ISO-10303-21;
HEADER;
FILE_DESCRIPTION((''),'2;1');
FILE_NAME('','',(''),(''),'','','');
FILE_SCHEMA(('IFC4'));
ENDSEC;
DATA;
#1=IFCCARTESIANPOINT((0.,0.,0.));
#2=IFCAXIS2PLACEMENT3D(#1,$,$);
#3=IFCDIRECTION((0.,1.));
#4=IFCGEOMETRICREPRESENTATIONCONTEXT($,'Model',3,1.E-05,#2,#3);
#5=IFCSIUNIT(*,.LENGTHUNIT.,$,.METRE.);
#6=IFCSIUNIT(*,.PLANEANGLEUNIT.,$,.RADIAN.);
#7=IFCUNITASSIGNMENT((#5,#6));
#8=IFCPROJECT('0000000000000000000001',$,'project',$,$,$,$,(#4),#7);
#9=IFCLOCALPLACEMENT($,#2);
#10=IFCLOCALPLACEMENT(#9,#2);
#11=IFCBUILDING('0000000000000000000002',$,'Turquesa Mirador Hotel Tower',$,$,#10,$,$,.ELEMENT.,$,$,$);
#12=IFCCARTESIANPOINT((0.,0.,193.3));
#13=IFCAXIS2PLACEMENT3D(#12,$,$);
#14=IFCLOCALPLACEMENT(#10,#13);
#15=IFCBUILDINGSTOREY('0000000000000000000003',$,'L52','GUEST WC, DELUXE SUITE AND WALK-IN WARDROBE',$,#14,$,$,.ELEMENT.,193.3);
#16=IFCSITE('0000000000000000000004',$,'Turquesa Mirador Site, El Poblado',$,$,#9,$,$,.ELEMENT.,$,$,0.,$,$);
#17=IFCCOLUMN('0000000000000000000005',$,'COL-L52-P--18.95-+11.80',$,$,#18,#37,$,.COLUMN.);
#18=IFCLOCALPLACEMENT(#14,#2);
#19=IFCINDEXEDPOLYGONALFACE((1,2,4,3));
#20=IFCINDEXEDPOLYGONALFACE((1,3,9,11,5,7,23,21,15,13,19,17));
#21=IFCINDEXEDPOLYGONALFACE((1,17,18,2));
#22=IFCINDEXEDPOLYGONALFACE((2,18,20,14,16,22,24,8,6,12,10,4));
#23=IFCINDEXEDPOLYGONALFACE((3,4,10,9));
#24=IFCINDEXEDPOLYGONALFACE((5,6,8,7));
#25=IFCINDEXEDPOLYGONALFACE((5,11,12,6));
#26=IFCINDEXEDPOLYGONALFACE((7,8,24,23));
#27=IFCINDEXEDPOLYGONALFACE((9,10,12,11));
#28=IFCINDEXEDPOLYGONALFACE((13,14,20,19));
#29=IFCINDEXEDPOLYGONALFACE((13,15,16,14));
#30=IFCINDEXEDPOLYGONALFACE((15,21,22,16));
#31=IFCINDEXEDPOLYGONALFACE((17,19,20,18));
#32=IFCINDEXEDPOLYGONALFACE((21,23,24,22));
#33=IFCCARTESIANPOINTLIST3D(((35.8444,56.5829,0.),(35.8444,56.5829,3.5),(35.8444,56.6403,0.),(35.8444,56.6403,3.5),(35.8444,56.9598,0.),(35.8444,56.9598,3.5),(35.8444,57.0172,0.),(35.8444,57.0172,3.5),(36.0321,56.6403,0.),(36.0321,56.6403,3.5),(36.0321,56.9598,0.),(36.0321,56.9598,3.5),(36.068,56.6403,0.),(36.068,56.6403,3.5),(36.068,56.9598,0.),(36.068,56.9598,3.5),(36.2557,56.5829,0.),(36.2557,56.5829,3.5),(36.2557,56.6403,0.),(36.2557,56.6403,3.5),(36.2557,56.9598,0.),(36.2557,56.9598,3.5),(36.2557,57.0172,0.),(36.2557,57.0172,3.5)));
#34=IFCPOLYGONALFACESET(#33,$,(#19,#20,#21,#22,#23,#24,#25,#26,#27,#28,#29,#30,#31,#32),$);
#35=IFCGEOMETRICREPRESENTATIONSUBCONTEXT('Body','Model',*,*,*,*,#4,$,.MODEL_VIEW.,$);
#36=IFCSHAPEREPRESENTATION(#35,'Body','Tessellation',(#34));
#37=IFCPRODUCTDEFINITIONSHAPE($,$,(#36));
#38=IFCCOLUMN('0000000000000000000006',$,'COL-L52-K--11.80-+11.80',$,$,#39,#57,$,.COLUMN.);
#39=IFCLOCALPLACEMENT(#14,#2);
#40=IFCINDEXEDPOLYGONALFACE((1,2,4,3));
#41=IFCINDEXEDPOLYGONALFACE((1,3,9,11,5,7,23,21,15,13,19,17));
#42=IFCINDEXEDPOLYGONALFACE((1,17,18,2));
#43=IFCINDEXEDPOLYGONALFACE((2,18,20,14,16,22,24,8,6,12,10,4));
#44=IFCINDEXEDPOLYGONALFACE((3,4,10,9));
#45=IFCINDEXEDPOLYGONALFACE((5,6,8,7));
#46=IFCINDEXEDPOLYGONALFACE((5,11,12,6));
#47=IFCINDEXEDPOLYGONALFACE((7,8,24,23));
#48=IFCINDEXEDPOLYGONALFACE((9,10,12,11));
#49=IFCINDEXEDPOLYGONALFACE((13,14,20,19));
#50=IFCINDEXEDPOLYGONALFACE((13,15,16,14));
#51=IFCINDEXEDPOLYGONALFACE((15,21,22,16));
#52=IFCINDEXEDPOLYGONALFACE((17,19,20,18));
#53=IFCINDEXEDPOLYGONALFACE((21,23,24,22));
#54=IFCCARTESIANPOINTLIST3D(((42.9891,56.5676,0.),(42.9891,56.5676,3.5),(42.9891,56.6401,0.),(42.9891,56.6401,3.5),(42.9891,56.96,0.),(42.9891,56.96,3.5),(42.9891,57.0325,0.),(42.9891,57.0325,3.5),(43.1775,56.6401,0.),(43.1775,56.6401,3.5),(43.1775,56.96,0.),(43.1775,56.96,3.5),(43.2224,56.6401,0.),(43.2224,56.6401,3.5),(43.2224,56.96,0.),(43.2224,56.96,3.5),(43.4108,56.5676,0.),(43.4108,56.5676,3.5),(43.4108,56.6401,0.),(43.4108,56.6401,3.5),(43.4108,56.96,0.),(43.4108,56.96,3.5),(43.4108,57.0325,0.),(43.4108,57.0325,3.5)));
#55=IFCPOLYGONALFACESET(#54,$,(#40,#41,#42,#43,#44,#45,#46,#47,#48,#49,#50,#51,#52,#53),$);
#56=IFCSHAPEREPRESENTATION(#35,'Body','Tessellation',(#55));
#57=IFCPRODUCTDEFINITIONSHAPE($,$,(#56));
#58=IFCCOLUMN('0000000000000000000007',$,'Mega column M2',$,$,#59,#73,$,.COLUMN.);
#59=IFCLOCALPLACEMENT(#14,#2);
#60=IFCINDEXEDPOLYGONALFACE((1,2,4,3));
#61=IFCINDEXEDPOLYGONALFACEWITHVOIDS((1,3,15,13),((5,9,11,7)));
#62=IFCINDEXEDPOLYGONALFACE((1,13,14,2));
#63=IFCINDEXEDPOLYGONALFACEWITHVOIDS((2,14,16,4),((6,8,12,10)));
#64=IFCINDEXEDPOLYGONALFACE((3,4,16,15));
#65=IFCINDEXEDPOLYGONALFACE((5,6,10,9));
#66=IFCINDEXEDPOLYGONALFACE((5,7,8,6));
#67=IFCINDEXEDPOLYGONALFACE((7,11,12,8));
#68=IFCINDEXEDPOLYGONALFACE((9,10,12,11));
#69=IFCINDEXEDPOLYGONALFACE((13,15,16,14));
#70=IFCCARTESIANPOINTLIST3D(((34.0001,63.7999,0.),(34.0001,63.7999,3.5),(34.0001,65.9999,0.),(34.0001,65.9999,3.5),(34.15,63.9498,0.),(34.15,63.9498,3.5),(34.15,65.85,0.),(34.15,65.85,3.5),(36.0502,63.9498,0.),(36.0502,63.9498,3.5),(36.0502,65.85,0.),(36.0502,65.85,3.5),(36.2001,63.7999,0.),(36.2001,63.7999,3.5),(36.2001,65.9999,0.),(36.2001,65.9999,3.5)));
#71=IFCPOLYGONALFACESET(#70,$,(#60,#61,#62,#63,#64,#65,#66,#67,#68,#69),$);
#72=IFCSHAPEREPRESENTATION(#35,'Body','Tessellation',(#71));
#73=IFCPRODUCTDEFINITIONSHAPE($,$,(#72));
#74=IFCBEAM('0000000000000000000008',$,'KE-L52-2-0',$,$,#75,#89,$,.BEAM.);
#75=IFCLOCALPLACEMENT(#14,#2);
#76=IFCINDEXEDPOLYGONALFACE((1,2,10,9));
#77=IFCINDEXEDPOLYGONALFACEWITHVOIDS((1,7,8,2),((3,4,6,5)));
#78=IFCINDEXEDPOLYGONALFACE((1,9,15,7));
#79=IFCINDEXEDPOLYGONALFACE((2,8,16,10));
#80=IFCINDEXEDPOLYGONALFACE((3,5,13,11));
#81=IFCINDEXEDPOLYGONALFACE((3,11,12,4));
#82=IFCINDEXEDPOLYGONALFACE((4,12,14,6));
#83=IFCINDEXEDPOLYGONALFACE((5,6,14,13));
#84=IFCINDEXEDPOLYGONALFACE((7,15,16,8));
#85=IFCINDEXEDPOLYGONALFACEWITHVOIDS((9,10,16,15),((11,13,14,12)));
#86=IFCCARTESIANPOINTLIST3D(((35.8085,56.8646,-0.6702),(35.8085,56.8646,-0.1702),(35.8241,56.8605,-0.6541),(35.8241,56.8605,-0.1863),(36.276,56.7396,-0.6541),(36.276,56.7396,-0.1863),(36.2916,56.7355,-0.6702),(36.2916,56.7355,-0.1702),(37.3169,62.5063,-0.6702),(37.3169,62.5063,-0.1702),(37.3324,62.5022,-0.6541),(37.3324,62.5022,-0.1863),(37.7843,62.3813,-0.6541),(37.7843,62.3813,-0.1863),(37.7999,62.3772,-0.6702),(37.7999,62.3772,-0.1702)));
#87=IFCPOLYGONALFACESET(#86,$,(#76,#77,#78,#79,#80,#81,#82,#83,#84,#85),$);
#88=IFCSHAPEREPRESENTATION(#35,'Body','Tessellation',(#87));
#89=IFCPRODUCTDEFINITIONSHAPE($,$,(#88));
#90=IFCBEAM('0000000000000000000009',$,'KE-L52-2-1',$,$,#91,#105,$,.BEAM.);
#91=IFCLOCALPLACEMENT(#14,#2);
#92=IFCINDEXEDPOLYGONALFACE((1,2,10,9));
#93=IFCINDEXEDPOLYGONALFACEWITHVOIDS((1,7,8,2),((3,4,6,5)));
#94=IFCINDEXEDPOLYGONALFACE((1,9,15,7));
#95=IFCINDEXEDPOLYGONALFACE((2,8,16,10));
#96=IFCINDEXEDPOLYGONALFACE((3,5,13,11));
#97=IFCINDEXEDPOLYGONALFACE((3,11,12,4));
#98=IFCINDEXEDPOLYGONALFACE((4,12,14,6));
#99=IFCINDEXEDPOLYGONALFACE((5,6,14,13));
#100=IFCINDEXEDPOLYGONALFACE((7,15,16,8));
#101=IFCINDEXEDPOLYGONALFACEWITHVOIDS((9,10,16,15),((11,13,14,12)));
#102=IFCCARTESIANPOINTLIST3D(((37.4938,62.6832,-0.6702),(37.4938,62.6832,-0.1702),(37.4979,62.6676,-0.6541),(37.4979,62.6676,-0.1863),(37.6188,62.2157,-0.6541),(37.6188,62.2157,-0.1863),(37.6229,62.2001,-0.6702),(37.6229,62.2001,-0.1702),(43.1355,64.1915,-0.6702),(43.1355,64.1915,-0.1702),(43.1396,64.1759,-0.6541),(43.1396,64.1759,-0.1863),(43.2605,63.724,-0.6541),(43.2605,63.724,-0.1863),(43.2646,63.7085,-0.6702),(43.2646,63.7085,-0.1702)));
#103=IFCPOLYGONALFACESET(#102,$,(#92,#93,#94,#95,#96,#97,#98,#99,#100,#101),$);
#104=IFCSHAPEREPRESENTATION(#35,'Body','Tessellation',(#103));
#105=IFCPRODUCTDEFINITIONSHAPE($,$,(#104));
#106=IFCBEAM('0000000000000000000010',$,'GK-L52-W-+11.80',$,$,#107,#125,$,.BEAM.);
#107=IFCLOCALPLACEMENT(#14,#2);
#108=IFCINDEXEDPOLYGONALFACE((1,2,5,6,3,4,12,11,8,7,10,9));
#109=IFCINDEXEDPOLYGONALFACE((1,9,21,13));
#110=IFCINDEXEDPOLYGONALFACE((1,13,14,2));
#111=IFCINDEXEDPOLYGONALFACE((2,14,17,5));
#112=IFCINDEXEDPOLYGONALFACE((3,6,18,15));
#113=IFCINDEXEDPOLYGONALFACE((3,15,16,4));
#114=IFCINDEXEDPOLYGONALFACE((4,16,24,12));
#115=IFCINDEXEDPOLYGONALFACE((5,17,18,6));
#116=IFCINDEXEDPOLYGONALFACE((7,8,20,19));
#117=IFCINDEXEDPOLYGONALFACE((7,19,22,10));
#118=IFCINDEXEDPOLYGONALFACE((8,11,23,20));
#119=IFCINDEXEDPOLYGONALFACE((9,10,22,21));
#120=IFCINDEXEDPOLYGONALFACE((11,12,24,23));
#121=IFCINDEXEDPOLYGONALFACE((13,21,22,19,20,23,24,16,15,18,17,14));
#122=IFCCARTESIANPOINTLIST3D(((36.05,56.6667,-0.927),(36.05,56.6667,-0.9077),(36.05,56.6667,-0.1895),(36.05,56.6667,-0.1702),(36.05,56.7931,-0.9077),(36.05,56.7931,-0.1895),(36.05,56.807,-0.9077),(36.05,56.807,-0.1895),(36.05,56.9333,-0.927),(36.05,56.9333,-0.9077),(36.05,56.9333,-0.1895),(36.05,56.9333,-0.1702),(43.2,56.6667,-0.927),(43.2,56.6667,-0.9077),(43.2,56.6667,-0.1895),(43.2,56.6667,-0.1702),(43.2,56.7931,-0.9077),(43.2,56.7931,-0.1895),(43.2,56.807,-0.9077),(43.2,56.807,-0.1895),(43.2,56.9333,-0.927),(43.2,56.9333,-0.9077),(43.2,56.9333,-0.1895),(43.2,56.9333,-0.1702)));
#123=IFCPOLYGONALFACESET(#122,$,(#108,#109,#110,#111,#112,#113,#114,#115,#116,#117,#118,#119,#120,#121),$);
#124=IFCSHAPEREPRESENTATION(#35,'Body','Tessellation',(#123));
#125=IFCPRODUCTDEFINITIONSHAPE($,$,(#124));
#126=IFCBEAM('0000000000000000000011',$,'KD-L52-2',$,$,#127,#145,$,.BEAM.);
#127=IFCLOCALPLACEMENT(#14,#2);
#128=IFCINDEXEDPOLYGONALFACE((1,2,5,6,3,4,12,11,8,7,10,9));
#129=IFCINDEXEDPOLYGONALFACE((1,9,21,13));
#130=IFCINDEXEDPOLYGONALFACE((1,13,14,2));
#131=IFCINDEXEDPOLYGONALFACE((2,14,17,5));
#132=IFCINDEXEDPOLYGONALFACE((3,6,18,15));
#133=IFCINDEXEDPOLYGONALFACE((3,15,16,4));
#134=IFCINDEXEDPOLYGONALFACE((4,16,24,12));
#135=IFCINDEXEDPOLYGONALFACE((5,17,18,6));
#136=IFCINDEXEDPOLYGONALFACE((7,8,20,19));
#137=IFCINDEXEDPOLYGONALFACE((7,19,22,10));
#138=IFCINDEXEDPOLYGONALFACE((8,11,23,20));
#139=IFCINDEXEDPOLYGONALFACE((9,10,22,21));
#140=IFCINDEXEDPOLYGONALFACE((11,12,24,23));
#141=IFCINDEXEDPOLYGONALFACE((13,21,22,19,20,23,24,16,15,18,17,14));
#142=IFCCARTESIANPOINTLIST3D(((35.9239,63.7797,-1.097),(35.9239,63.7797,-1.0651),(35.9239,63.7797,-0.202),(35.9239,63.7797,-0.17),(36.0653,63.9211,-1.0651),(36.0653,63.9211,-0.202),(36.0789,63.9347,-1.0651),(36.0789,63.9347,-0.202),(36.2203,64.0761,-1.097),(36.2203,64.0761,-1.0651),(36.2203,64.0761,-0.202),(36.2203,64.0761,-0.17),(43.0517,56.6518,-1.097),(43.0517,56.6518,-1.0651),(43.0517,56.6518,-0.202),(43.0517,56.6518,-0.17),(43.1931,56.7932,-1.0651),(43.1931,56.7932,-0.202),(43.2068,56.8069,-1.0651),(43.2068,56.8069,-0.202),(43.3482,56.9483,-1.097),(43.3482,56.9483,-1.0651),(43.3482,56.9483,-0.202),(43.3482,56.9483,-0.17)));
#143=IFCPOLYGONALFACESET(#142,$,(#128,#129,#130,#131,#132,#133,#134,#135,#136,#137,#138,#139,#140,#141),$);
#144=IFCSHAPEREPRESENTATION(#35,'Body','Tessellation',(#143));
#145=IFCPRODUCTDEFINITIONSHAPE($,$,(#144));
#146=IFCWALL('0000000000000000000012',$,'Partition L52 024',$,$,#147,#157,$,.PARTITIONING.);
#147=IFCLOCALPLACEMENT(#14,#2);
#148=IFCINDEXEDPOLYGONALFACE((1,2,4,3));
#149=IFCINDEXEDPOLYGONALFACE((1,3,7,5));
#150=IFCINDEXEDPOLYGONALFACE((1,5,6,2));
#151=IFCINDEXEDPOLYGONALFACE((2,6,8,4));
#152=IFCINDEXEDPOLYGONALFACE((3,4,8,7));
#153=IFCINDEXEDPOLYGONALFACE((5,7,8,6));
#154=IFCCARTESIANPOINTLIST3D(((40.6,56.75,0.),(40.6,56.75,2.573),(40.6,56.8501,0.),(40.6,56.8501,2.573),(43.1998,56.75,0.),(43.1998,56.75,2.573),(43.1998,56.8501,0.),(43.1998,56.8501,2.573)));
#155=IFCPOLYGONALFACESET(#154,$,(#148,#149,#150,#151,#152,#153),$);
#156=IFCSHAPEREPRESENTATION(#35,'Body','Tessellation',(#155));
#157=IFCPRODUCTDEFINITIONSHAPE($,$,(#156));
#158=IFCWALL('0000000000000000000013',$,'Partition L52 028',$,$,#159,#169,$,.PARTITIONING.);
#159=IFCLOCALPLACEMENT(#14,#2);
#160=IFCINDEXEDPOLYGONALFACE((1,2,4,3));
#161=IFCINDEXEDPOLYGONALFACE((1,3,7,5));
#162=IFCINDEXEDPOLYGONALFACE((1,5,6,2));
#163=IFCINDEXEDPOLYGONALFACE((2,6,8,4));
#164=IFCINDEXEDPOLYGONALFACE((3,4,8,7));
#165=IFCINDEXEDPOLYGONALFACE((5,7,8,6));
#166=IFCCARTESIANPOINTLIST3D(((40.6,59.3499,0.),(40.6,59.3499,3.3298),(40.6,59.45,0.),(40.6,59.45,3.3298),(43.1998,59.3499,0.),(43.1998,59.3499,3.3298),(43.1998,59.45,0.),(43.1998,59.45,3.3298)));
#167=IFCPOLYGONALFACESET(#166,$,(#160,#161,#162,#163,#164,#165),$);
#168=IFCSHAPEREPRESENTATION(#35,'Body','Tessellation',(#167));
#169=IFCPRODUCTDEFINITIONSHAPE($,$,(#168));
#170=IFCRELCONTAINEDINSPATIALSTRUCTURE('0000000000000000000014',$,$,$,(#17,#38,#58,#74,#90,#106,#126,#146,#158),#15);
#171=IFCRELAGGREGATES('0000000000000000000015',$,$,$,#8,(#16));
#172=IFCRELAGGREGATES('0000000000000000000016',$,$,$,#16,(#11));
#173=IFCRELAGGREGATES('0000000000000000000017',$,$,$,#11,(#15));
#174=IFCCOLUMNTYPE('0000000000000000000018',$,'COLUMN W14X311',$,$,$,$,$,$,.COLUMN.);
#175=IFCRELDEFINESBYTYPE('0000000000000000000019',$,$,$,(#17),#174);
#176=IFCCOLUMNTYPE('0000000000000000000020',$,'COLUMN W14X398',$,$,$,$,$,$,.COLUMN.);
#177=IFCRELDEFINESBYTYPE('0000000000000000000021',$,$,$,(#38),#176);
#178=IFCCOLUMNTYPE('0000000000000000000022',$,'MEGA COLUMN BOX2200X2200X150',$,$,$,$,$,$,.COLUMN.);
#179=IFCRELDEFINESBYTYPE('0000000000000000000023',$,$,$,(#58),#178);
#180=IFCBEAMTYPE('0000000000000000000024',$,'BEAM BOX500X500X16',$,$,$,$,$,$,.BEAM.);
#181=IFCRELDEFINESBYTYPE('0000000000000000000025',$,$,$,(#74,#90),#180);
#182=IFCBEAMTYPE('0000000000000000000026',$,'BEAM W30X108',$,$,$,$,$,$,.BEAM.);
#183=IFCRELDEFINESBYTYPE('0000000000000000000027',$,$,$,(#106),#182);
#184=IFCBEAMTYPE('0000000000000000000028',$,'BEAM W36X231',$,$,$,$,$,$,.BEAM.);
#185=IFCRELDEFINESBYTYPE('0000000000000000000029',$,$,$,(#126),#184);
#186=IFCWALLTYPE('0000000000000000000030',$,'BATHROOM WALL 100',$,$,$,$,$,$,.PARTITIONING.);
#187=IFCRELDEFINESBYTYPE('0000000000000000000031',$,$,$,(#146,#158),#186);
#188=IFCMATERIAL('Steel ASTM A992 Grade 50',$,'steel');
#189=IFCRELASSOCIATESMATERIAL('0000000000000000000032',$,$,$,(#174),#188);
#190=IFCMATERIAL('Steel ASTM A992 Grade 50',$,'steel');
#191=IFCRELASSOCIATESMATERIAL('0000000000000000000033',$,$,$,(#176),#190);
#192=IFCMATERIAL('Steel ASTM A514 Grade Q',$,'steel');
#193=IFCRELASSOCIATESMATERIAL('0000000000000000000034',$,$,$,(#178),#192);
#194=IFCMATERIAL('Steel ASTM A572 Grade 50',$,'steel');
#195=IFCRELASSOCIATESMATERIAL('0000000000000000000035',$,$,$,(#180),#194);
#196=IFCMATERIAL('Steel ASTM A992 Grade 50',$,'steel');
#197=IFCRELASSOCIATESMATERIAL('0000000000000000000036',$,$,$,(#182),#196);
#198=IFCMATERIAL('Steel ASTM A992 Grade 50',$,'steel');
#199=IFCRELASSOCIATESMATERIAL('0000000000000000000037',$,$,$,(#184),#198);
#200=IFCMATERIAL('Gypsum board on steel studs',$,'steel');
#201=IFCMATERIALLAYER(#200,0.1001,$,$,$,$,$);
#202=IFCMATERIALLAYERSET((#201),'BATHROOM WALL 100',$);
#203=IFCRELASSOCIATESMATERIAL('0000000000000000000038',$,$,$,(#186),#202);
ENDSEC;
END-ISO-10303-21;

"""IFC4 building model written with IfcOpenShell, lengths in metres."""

from ifc_helpers import new_model, si_unit, direction, frame, frame_2d, origin, origin_2d, place, context, subcontext, project, spatial, rectangle, hollow_rectangle, i_section, extrude, material, layer, layer_set, material_profile, profile_set, type_object, element, save


model = new_model("IFC4")

# Units and contexts
model_context = context("Model", 3, precision=1e-05, world=origin(), true_north=direction((0.0, 1.0)))
body_context = subcontext(model_context, "Body", "Model", "MODEL_VIEW")
ifc_project = project(units=[si_unit("LENGTHUNIT", "METRE"), si_unit("PLANEANGLEUNIT", "RADIAN")], contexts=[model_context])

# Site, building, storey
site_placement = place(None, origin())
site = spatial("IfcSite", under=ifc_project, at=site_placement, Name="Turquesa Mirador Site, El Poblado", CompositionType="ELEMENT", RefElevation=0.0)
building_placement = place(site_placement, origin())
building = spatial("IfcBuilding", under=site, at=building_placement, Name="Turquesa Mirador Hotel Tower", CompositionType="ELEMENT")
storey_placement = place(building_placement, frame((0.0, 0.0, 193.3)))
storey = spatial("IfcBuildingStorey", under=building, at=storey_placement, Name="L52", Description="GUEST WC, DELUXE SUITE AND WALK-IN WARDROBE", CompositionType="ELEMENT", Elevation=193.3)

# Columns
ifc_material_1 = material(Name="Steel ASTM A992 Grade 50", Category="steel")
ifc_material_profile_1 = material_profile(ifc_material_1, i_section(OverallWidth=0.4114, OverallDepth=0.4343, WebThickness=0.0359, FlangeThickness=0.0574, at=origin_2d()), Name="W14X311")
ifc_profile_set_1 = profile_set([ifc_material_profile_1], Name="Steel ASTM A992 Grade 50")
column_type_1 = type_object("IfcColumnType", Name="COLUMN W14X311", PredefinedType="COLUMN", material=ifc_profile_set_1)
column_1_placement = place(storey_placement, frame((36.05, 56.8, 0.0), z_axis=(0.0, 0.0, 1.0), x_axis=(1.0, 0.0, 0.0)))
element("IfcColumn", 1, at=column_1_placement, inside=storey, type_object=column_type_1, Name="COL-L52-P--18.95-+11.80", PredefinedType="COLUMN", context=body_context, shape_type="SweptSolid", body=[
    extrude(i_section(OverallWidth=0.4114, OverallDepth=0.4343, WebThickness=0.0359, FlangeThickness=0.0574, at=origin_2d()), origin(), (0.0, 0.0, 1.0), 3.5),
])
ifc_material_2 = material(Name="Steel ASTM A992 Grade 50", Category="steel")
ifc_material_profile_2 = material_profile(ifc_material_2, i_section(OverallWidth=0.4216, OverallDepth=0.4648, WebThickness=0.0449, FlangeThickness=0.0725, at=origin_2d()), Name="W14X398")
ifc_profile_set_2 = profile_set([ifc_material_profile_2], Name="Steel ASTM A992 Grade 50")
column_type_2 = type_object("IfcColumnType", Name="COLUMN W14X398", PredefinedType="COLUMN", material=ifc_profile_set_2)
column_2_placement = place(storey_placement, frame((43.2, 56.8, 0.0), z_axis=(0.0, 0.0, 1.0), x_axis=(1.0, 0.0, 0.0)))
element("IfcColumn", 2, at=column_2_placement, inside=storey, type_object=column_type_2, Name="COL-L52-K--11.80-+11.80", PredefinedType="COLUMN", context=body_context, shape_type="SweptSolid", body=[
    extrude(i_section(OverallWidth=0.4216, OverallDepth=0.4648, WebThickness=0.0449, FlangeThickness=0.0725, at=origin_2d()), origin(), (0.0, 0.0, 1.0), 3.5),
])
ifc_material_3 = material(Name="Steel ASTM A514 Grade Q", Category="steel")
ifc_material_profile_3 = material_profile(ifc_material_3, hollow_rectangle(XDim=2.2, YDim=2.2, WallThickness=0.1499, at=origin_2d()), Name="BOX2200X2200X150")
ifc_profile_set_3 = profile_set([ifc_material_profile_3], Name="Steel ASTM A514 Grade Q")
column_type_3 = type_object("IfcColumnType", Name="MEGA COLUMN BOX2200X2200X150", PredefinedType="COLUMN", material=ifc_profile_set_3)
column_3_placement = place(storey_placement, frame((35.1001, 64.8999, 0.0), z_axis=(0.0, 0.0, 1.0), x_axis=(1.0, 0.0, 0.0)))
element("IfcColumn", 3, at=column_3_placement, inside=storey, type_object=column_type_3, Name="Mega column M2", PredefinedType="COLUMN", context=body_context, shape_type="SweptSolid", body=[
    extrude(hollow_rectangle(XDim=2.2, YDim=2.2, WallThickness=0.1499, at=origin_2d()), origin(), (0.0, 0.0, 1.0), 3.5),
])

# Beams
ifc_material_4 = material(Name="Steel ASTM A572 Grade 50", Category="steel")
ifc_material_profile_4 = material_profile(ifc_material_4, hollow_rectangle(XDim=0.5, YDim=0.5, WallThickness=0.0161, at=origin_2d()), Name="BOX500X500X16")
ifc_profile_set_4 = profile_set([ifc_material_profile_4], Name="Steel ASTM A572 Grade 50")
beam_type_1 = type_object("IfcBeamType", Name="BEAM BOX500X500X16", PredefinedType="BEAM", material=ifc_profile_set_4)
for number, where, z_axis, x_axis, name in (
    (4, (36.05, 56.8, -0.4202), (0.258282, 0.96607, 0.0), (-0.96607, 0.258282, 0.0), "KE-L52-2-0"),
    (5, (37.5583, 62.4417, -0.4202), (0.96607, 0.258282, 0.0), (-0.258282, 0.96607, 0.0), "KE-L52-2-1"),
):
    element("IfcBeam", number, at=place(storey_placement, frame(where, z_axis=z_axis, x_axis=x_axis)), inside=storey, type_object=beam_type_1, Name=name, PredefinedType="BEAM", context=body_context, shape_type="SweptSolid", body=[
        extrude(hollow_rectangle(XDim=0.5, YDim=0.5, WallThickness=0.0161, at=origin_2d()), origin(), (0.0, 0.0, 1.0), 5.8398),
    ])
ifc_material_5 = material(Name="Steel ASTM A992 Grade 50", Category="steel")
ifc_material_profile_5 = material_profile(ifc_material_5, i_section(OverallWidth=0.2666, OverallDepth=0.7568, WebThickness=0.0139, FlangeThickness=0.0193, at=origin_2d()), Name="W30X108")
ifc_profile_set_5 = profile_set([ifc_material_profile_5], Name="Steel ASTM A992 Grade 50")
beam_type_2 = type_object("IfcBeamType", Name="BEAM W30X108", PredefinedType="BEAM", material=ifc_profile_set_5)
beam_1_placement = place(storey_placement, frame((36.05, 56.8, -0.5486), z_axis=(1.0, 0.0, 0.0), x_axis=(0.0, 1.0, 0.0)))
element("IfcBeam", 6, at=beam_1_placement, inside=storey, type_object=beam_type_2, Name="GK-L52-W-+11.80", PredefinedType="BEAM", context=body_context, shape_type="SweptSolid", body=[
    extrude(i_section(OverallWidth=0.2666, OverallDepth=0.7568, WebThickness=0.0139, FlangeThickness=0.0193, at=origin_2d()), origin(), (0.0, 0.0, 1.0), 7.1499),
])
ifc_material_6 = material(Name="Steel ASTM A992 Grade 50", Category="steel")
ifc_material_profile_6 = material_profile(ifc_material_6, i_section(OverallWidth=0.4192, OverallDepth=0.927, WebThickness=0.0193, FlangeThickness=0.032, at=origin_2d()), Name="W36X231")
ifc_profile_set_6 = profile_set([ifc_material_profile_6], Name="Steel ASTM A992 Grade 50")
beam_type_3 = type_object("IfcBeamType", Name="BEAM W36X231", PredefinedType="BEAM", material=ifc_profile_set_6)
beam_2_placement = place(storey_placement, frame((43.2, 56.8, -0.6335), z_axis=(-0.707107, 0.707107, 0.0), x_axis=(-0.707107, -0.707107, 0.0)))
element("IfcBeam", 7, at=beam_2_placement, inside=storey, type_object=beam_type_3, Name="KD-L52-2", PredefinedType="BEAM", context=body_context, shape_type="SweptSolid", body=[
    extrude(i_section(OverallWidth=0.4192, OverallDepth=0.927, WebThickness=0.0193, FlangeThickness=0.032, at=origin_2d()), origin(), (0.0, 0.0, 1.0), 10.0803),
])

# Walls
ifc_material_7 = material(Name="Gypsum board on steel studs", Category="steel")
ifc_layer_1 = layer(ifc_material_7, 0.1001)
ifc_layer_set_1 = layer_set([ifc_layer_1], Name="BATHROOM WALL 100")
wall_type_1 = type_object("IfcWallType", Name="BATHROOM WALL 100", PredefinedType="PARTITIONING", material=ifc_layer_set_1)
wall_1_placement = place(storey_placement, frame((40.6001, 56.8, 0.0), z_axis=(0.0, 0.0, 1.0), x_axis=(1.0, 0.0, 0.0)))
element("IfcWall", 8, at=wall_1_placement, inside=storey, type_object=wall_type_1, Name="Partition L52 024", PredefinedType="PARTITIONING", context=body_context, shape_type="SweptSolid", body=[
    extrude(rectangle(XDim=2.5999, YDim=0.1001, at=frame_2d((1.2998, 0.0))), origin(), (0.0, 0.0, 1.0), 2.573),
])
wall_2_placement = place(storey_placement, frame((40.6001, 59.3999, 0.0), z_axis=(0.0, 0.0, 1.0), x_axis=(1.0, 0.0, 0.0)))
element("IfcWall", 9, at=wall_2_placement, inside=storey, type_object=wall_type_1, Name="Partition L52 028", PredefinedType="PARTITIONING", context=body_context, shape_type="SweptSolid", body=[
    extrude(rectangle(XDim=2.5999, YDim=0.1001, at=frame_2d((1.2998, 0.0))), origin(), (0.0, 0.0, 1.0), 3.3298),
])

save(model, "model.ifc")
